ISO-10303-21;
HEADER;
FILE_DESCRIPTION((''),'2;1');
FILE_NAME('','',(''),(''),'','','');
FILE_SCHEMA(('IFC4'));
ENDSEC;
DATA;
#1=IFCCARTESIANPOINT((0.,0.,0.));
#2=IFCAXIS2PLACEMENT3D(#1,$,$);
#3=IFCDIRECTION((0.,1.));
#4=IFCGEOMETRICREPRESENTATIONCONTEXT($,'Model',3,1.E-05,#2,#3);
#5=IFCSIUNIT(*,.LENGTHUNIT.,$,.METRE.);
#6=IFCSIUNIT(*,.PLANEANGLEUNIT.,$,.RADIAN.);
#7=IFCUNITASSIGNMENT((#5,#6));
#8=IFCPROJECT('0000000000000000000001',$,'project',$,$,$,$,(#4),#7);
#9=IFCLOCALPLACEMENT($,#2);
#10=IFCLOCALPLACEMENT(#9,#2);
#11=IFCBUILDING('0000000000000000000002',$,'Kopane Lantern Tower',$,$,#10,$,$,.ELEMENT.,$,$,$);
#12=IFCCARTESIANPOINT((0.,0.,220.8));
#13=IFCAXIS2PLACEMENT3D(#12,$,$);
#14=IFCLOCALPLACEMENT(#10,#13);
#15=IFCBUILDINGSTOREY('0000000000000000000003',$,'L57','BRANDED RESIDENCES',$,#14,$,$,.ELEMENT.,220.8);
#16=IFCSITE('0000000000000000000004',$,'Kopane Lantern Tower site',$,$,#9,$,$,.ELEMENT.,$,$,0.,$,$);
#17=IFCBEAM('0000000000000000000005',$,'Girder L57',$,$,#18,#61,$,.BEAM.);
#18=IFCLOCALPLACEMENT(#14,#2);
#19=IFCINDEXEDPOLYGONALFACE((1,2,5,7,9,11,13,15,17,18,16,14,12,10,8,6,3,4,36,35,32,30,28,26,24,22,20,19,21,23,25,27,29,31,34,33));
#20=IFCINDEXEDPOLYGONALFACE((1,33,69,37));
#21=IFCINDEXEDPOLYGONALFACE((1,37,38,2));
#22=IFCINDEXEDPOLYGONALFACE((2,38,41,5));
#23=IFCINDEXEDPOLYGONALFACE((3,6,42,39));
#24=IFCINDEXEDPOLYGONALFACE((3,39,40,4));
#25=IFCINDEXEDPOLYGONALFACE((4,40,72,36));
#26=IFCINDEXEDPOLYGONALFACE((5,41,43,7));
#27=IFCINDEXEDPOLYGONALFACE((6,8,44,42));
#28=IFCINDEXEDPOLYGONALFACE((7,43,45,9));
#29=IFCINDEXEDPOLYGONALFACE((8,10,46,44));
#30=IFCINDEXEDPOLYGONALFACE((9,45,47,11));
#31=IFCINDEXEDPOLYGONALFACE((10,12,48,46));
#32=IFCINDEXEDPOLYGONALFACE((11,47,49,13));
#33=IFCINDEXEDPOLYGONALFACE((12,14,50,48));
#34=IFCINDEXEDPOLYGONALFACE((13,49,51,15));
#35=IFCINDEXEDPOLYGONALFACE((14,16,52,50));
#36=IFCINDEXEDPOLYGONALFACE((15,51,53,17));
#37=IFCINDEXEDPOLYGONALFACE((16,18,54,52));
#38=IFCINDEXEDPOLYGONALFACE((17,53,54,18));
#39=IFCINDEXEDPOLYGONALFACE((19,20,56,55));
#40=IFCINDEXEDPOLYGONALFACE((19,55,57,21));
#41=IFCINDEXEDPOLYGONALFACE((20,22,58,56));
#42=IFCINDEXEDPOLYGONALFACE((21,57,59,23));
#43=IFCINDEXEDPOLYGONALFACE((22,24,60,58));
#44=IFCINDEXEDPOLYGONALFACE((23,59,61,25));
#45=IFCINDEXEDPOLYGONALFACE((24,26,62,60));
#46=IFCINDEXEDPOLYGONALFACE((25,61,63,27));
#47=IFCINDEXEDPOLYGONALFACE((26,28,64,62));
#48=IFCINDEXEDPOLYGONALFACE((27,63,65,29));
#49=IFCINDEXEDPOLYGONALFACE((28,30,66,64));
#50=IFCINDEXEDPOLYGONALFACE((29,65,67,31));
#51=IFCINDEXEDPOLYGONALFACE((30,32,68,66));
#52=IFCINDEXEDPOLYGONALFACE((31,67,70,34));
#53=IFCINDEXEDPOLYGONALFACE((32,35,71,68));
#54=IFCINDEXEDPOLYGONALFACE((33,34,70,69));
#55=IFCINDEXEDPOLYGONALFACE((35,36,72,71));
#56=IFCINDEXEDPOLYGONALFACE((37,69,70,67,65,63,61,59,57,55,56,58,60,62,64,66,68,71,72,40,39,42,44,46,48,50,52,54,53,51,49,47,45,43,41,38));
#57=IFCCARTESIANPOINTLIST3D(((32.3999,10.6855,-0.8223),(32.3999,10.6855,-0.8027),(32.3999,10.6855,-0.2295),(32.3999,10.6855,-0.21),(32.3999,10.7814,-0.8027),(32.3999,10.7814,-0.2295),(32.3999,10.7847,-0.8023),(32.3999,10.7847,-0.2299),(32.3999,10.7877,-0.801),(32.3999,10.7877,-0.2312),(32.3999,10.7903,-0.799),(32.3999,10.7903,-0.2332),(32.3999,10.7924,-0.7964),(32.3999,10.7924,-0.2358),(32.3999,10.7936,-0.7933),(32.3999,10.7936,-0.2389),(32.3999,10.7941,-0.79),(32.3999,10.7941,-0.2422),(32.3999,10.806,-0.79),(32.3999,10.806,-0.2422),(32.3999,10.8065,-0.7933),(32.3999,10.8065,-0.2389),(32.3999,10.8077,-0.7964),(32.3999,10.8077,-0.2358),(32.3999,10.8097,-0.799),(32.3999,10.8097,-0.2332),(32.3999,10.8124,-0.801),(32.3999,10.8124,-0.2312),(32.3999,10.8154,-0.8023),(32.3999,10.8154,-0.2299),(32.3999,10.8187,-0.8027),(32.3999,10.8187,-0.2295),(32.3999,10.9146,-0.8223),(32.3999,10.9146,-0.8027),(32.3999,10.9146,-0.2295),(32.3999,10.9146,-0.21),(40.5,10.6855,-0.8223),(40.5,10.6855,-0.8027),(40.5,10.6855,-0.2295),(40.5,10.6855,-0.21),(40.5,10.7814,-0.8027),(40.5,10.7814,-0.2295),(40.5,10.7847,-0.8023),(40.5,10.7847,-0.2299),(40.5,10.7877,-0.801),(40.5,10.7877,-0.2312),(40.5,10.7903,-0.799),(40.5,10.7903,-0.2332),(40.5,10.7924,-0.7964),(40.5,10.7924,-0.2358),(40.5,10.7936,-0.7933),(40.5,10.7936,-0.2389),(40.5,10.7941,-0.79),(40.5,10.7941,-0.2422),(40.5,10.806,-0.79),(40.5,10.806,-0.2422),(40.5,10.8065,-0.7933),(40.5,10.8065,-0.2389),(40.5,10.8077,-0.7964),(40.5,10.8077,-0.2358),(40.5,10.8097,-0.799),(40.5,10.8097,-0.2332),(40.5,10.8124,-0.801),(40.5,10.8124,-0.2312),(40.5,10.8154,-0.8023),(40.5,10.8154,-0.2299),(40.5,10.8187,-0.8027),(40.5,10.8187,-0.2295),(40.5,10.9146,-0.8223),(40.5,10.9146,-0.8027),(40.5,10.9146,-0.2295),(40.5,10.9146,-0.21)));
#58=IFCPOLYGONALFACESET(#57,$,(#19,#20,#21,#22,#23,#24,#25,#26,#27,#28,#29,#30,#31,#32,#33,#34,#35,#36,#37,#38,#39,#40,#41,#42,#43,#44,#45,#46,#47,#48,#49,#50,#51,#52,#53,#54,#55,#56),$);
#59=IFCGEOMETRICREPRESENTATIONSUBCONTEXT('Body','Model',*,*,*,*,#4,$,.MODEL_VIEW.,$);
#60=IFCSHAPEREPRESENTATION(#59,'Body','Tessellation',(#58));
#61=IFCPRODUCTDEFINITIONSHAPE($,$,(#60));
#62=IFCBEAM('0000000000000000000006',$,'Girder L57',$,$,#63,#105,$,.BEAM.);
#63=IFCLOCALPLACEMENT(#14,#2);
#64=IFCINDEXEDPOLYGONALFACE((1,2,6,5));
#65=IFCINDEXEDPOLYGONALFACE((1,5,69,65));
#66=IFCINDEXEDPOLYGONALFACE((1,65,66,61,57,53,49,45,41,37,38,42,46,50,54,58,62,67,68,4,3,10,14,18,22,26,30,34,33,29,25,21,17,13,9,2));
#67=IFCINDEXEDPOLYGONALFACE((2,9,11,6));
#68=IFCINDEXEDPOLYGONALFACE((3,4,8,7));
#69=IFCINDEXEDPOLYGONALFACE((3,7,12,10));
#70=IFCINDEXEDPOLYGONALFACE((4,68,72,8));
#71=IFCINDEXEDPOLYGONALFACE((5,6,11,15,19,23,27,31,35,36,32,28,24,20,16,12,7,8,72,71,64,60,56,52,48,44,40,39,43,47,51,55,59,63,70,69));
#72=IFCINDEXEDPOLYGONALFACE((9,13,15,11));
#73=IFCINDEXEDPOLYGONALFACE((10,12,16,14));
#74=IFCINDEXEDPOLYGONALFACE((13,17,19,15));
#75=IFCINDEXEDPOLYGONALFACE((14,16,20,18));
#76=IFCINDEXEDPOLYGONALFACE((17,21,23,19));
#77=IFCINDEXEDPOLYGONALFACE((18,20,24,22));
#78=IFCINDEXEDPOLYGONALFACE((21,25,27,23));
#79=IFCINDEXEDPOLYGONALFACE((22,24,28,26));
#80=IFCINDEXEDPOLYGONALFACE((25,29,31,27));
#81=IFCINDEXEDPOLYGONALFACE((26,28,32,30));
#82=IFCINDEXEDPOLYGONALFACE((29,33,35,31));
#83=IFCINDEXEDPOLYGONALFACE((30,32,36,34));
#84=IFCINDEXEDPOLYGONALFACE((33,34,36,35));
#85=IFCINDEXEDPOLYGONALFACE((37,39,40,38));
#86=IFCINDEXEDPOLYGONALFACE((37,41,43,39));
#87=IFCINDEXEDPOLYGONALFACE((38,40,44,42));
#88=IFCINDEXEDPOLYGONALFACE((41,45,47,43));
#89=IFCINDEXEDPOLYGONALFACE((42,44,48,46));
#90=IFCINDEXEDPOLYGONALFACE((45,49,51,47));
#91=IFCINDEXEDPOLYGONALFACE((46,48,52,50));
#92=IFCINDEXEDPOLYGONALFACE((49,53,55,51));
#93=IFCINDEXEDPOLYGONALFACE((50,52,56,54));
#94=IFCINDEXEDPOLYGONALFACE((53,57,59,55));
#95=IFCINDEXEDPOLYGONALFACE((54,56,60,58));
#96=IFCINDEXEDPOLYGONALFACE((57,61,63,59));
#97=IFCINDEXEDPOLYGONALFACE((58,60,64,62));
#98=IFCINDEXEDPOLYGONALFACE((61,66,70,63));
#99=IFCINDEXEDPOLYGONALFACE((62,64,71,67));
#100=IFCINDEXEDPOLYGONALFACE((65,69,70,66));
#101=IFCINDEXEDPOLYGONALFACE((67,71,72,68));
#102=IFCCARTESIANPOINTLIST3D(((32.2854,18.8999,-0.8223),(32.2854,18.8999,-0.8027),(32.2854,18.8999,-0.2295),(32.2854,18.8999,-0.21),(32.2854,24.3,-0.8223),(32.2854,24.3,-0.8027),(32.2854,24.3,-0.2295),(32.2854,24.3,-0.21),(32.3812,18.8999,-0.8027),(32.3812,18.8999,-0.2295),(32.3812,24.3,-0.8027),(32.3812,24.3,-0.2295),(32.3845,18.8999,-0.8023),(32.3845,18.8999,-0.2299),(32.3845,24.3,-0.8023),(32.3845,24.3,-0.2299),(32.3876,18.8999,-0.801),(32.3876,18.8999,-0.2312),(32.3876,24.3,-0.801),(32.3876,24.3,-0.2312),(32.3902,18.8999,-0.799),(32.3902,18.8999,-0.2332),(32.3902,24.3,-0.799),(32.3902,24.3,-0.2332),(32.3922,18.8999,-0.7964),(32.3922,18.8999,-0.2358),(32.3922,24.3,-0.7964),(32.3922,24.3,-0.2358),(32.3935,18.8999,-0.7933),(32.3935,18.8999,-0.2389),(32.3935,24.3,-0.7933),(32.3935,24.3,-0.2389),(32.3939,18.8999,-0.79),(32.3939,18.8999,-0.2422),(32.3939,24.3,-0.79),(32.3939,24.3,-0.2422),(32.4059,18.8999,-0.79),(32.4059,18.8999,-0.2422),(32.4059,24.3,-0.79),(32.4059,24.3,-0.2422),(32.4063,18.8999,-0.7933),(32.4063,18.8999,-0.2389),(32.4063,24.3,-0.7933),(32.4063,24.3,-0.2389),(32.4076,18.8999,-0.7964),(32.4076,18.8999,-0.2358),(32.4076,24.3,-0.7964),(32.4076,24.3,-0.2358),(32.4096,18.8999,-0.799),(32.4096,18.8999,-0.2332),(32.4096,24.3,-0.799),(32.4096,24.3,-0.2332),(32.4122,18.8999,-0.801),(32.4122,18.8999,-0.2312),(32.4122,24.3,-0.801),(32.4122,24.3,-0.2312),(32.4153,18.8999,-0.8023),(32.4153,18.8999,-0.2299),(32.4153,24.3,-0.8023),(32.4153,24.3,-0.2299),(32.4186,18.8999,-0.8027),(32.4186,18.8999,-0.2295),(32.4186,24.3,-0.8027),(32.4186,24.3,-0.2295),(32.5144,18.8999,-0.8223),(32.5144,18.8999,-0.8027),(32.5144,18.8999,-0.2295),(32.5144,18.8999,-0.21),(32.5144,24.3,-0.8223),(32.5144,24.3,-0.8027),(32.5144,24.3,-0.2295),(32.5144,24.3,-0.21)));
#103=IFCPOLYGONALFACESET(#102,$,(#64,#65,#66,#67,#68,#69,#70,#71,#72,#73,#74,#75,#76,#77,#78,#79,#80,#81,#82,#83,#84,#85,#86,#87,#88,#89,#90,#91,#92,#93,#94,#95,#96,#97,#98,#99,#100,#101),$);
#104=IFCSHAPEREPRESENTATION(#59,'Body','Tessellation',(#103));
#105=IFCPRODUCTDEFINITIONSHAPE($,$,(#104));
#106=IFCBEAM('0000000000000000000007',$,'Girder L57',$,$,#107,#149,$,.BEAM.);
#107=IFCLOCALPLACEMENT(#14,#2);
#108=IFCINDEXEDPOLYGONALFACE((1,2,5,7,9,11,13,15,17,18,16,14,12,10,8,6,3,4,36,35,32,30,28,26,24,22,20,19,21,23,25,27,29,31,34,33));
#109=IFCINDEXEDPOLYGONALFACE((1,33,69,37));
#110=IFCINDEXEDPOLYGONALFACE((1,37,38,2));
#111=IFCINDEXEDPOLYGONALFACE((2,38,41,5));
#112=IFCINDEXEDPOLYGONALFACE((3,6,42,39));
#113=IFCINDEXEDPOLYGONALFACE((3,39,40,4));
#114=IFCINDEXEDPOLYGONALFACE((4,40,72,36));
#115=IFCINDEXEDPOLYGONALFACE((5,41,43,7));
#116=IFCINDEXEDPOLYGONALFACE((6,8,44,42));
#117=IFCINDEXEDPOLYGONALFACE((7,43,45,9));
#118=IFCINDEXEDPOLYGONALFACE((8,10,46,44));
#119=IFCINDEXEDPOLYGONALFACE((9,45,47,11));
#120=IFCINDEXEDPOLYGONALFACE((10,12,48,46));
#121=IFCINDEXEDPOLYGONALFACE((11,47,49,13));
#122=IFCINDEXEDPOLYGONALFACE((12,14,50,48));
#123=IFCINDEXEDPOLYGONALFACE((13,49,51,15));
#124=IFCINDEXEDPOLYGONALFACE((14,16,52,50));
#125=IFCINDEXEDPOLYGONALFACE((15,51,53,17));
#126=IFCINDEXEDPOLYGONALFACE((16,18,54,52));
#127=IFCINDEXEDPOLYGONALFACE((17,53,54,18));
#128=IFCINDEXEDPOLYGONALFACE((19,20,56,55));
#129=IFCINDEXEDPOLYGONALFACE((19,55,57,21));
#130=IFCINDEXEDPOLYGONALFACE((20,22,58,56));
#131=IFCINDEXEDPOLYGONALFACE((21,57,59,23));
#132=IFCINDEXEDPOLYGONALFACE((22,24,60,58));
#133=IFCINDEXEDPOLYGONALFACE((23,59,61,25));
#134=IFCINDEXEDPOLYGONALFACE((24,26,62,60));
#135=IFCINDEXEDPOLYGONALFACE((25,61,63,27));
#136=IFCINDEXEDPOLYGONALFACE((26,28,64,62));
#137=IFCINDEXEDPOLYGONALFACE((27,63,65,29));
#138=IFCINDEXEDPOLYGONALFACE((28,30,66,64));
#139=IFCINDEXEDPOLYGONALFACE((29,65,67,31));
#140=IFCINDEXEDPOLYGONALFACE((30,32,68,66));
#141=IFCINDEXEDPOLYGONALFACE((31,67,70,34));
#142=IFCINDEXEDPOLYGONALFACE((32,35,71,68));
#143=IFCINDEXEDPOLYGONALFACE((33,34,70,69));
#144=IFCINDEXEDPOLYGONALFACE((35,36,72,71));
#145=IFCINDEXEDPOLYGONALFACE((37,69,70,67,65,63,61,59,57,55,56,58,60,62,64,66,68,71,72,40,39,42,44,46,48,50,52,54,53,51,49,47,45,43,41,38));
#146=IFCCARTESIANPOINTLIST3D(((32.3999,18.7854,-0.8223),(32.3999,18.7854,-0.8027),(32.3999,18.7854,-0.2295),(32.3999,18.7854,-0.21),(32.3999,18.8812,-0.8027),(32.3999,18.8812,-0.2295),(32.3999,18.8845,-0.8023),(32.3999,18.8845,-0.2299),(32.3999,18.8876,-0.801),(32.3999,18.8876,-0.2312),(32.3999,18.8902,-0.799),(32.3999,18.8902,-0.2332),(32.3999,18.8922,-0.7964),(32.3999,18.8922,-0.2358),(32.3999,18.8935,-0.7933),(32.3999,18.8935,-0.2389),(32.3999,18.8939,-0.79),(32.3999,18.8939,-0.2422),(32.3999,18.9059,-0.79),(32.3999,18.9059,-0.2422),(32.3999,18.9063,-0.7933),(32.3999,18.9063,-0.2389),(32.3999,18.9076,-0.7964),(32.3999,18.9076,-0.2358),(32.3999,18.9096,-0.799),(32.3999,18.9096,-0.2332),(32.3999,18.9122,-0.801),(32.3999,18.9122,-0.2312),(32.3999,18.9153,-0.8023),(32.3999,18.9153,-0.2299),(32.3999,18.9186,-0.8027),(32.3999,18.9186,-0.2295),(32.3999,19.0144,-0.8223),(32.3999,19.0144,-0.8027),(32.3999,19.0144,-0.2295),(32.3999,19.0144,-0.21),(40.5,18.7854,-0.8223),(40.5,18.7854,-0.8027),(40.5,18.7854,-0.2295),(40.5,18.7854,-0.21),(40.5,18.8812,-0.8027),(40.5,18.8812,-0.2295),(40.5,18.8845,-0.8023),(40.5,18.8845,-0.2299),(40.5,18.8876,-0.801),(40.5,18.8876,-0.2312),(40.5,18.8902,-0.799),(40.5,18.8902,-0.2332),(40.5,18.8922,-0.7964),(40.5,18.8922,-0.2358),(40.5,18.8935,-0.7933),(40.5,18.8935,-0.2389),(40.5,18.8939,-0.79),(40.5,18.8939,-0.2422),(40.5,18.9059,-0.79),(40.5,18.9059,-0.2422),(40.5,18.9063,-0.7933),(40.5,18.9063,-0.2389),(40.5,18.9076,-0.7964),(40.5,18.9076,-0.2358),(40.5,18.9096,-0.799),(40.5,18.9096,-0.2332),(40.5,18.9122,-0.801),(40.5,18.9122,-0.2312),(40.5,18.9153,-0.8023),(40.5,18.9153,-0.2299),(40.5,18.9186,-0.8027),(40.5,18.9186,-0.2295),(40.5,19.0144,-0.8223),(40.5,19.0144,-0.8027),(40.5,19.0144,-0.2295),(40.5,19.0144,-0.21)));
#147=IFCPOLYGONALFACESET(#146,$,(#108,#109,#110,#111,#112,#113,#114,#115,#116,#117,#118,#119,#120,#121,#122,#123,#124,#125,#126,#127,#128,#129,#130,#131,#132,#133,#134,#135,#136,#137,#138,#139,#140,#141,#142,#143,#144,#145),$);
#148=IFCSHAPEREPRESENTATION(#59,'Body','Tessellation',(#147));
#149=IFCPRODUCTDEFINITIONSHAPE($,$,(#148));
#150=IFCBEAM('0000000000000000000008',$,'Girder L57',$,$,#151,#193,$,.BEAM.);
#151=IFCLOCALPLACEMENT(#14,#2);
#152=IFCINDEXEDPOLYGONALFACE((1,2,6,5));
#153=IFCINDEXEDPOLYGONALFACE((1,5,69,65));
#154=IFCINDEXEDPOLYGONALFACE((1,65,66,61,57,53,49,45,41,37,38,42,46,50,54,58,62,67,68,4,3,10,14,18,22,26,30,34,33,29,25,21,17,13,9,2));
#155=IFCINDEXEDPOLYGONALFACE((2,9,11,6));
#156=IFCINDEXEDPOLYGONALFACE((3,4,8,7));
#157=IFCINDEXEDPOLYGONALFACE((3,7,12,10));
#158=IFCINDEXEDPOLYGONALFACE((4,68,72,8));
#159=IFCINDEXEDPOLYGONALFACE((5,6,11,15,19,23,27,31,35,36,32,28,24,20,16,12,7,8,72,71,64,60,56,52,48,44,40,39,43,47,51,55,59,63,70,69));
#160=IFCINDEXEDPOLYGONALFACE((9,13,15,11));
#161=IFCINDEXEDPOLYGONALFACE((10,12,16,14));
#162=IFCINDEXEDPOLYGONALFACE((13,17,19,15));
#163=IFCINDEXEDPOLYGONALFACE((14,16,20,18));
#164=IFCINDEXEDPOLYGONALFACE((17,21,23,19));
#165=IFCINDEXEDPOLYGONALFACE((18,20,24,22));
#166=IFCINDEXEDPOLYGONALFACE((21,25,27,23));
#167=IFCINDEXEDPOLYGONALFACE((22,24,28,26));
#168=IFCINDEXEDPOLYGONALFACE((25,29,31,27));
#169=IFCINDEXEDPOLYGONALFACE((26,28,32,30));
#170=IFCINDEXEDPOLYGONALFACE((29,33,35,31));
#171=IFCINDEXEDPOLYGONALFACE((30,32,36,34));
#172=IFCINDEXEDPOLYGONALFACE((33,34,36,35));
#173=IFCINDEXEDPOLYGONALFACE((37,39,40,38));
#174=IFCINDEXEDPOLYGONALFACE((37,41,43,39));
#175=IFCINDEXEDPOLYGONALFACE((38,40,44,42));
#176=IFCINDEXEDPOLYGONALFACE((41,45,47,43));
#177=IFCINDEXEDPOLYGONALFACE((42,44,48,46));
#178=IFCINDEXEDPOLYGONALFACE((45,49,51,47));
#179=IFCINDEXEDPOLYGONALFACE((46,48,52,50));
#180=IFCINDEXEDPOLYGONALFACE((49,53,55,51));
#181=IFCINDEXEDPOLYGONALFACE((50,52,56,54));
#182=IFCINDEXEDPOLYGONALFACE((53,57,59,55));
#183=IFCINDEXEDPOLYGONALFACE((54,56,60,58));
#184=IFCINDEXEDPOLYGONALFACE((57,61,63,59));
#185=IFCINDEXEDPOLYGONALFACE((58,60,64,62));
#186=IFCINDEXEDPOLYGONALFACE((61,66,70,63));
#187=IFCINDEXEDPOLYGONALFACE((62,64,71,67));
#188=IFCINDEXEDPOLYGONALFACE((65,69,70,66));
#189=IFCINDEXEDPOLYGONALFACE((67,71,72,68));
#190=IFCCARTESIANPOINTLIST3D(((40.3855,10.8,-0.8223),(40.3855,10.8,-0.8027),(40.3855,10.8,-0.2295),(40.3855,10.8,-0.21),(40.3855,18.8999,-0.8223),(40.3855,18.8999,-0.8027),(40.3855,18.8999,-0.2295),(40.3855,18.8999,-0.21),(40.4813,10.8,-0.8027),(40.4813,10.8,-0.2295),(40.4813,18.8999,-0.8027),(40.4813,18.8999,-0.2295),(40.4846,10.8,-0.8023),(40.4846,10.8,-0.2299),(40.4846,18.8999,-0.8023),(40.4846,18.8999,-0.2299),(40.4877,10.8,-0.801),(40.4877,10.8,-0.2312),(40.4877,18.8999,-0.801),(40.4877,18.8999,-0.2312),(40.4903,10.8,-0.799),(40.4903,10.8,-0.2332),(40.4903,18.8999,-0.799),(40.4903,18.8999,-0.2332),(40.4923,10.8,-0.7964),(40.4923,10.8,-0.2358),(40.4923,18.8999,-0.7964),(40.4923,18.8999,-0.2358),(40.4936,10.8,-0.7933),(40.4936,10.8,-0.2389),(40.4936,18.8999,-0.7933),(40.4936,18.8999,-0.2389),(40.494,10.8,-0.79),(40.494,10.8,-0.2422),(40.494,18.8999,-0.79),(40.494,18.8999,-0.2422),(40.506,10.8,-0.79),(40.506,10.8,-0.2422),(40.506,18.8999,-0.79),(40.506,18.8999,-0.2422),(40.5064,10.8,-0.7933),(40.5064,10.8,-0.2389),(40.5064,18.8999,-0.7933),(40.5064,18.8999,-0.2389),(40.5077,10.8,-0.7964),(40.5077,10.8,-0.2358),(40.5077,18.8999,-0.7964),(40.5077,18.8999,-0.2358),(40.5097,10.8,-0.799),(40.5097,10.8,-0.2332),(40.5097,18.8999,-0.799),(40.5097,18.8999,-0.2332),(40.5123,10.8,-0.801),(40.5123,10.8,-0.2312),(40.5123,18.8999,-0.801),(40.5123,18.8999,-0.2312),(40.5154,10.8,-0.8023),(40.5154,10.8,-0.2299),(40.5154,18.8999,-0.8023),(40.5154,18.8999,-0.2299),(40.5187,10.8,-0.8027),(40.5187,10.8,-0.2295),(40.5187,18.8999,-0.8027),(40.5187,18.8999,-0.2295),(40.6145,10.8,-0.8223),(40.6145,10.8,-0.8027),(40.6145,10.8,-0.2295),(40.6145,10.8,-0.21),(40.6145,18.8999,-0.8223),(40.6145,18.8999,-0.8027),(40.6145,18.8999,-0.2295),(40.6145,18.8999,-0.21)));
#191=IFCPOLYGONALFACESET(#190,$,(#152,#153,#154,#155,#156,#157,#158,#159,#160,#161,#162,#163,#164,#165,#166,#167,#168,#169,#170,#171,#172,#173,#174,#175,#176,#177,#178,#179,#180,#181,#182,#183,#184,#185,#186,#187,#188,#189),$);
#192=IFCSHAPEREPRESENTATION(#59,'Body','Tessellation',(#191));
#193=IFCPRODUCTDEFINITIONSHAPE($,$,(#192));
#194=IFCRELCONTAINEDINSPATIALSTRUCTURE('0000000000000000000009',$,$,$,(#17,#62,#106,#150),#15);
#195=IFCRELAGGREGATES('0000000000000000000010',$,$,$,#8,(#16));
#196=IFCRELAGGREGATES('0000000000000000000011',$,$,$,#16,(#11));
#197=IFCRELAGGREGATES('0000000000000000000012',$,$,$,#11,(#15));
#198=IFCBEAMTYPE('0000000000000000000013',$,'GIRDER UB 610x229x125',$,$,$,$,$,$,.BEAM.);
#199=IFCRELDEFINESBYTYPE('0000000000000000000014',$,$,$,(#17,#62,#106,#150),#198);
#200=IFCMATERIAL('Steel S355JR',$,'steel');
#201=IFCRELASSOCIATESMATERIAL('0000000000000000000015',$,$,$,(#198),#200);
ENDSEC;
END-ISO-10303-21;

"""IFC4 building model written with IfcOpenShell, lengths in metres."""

from ifc_helpers import new_model, si_unit, direction, frame, origin, origin_2d, place, context, subcontext, project, spatial, i_section, extrude, material, material_profile, profile_set, type_object, element, save


model = new_model("IFC4")

# Units and contexts
model_context = context("Model", 3, precision=1e-05, world=origin(), true_north=direction((0.0, 1.0)))
body_context = subcontext(model_context, "Body", "Model", "MODEL_VIEW")
ifc_project = project(units=[si_unit("LENGTHUNIT", "METRE"), si_unit("PLANEANGLEUNIT", "RADIAN")], contexts=[model_context])

# Site, building, storey
site_placement = place(None, origin())
site = spatial("IfcSite", under=ifc_project, at=site_placement, Name="Kopane Lantern Tower site", CompositionType="ELEMENT", RefElevation=0.0)
building_placement = place(site_placement, origin())
building = spatial("IfcBuilding", under=site, at=building_placement, Name="Kopane Lantern Tower", CompositionType="ELEMENT")
storey_placement = place(building_placement, frame((0.0, 0.0, 220.8)))
storey = spatial("IfcBuildingStorey", under=building, at=storey_placement, Name="L57", Description="BRANDED RESIDENCES", CompositionType="ELEMENT", Elevation=220.8)

# Beams
ifc_material_1 = material(Name="Steel S355JR", Category="steel")
ifc_material_profile_1 = material_profile(ifc_material_1, i_section(OverallWidth=0.229, OverallDepth=0.6123, WebThickness=0.012, FlangeThickness=0.0195, FilletRadius=0.0127, at=origin_2d()), Name="UB 610x229x125")
ifc_profile_set_1 = profile_set([ifc_material_profile_1], Name="Steel S355JR")
beam_type = type_object("IfcBeamType", Name="GIRDER UB 610x229x125", PredefinedType="BEAM", material=ifc_profile_set_1)
beam_1_placement = place(storey_placement, frame((32.3999, 10.8, -0.5161), z_axis=(1.0, 0.0, 0.0), x_axis=(0.0, 1.0, 0.0)))
element("IfcBeam", 1, at=beam_1_placement, inside=storey, type_object=beam_type, Name="Girder L57", PredefinedType="BEAM", context=body_context, shape_type="SweptSolid", body=[
    extrude(i_section(OverallWidth=0.229, OverallDepth=0.6123, WebThickness=0.012, FlangeThickness=0.0195, FilletRadius=0.0127, at=origin_2d()), origin(), (0.0, 0.0, 1.0), 8.1001),
])
beam_2_placement = place(storey_placement, frame((32.3999, 18.8999, -0.5161), z_axis=(0.0, 1.0, 0.0), x_axis=(-1.0, 0.0, 0.0)))
element("IfcBeam", 2, at=beam_2_placement, inside=storey, type_object=beam_type, Name="Girder L57", PredefinedType="BEAM", context=body_context, shape_type="SweptSolid", body=[
    extrude(i_section(OverallWidth=0.229, OverallDepth=0.6123, WebThickness=0.012, FlangeThickness=0.0195, FilletRadius=0.0127, at=origin_2d()), origin(), (0.0, 0.0, 1.0), 5.4001),
])
beam_3_placement = place(storey_placement, frame((32.3999, 18.8999, -0.5161), z_axis=(1.0, 0.0, 0.0), x_axis=(0.0, 1.0, 0.0)))
element("IfcBeam", 3, at=beam_3_placement, inside=storey, type_object=beam_type, Name="Girder L57", PredefinedType="BEAM", context=body_context, shape_type="SweptSolid", body=[
    extrude(i_section(OverallWidth=0.229, OverallDepth=0.6123, WebThickness=0.012, FlangeThickness=0.0195, FilletRadius=0.0127, at=origin_2d()), origin(), (0.0, 0.0, 1.0), 8.1001),
])
beam_4_placement = place(storey_placement, frame((40.5, 10.8, -0.5161), z_axis=(0.0, 1.0, 0.0), x_axis=(-1.0, 0.0, 0.0)))
element("IfcBeam", 4, at=beam_4_placement, inside=storey, type_object=beam_type, Name="Girder L57", PredefinedType="BEAM", context=body_context, shape_type="SweptSolid", body=[
    extrude(i_section(OverallWidth=0.229, OverallDepth=0.6123, WebThickness=0.012, FlangeThickness=0.0195, FilletRadius=0.0127, at=origin_2d()), origin(), (0.0, 0.0, 1.0), 8.0999),
])

save(model, "model.ifc")
